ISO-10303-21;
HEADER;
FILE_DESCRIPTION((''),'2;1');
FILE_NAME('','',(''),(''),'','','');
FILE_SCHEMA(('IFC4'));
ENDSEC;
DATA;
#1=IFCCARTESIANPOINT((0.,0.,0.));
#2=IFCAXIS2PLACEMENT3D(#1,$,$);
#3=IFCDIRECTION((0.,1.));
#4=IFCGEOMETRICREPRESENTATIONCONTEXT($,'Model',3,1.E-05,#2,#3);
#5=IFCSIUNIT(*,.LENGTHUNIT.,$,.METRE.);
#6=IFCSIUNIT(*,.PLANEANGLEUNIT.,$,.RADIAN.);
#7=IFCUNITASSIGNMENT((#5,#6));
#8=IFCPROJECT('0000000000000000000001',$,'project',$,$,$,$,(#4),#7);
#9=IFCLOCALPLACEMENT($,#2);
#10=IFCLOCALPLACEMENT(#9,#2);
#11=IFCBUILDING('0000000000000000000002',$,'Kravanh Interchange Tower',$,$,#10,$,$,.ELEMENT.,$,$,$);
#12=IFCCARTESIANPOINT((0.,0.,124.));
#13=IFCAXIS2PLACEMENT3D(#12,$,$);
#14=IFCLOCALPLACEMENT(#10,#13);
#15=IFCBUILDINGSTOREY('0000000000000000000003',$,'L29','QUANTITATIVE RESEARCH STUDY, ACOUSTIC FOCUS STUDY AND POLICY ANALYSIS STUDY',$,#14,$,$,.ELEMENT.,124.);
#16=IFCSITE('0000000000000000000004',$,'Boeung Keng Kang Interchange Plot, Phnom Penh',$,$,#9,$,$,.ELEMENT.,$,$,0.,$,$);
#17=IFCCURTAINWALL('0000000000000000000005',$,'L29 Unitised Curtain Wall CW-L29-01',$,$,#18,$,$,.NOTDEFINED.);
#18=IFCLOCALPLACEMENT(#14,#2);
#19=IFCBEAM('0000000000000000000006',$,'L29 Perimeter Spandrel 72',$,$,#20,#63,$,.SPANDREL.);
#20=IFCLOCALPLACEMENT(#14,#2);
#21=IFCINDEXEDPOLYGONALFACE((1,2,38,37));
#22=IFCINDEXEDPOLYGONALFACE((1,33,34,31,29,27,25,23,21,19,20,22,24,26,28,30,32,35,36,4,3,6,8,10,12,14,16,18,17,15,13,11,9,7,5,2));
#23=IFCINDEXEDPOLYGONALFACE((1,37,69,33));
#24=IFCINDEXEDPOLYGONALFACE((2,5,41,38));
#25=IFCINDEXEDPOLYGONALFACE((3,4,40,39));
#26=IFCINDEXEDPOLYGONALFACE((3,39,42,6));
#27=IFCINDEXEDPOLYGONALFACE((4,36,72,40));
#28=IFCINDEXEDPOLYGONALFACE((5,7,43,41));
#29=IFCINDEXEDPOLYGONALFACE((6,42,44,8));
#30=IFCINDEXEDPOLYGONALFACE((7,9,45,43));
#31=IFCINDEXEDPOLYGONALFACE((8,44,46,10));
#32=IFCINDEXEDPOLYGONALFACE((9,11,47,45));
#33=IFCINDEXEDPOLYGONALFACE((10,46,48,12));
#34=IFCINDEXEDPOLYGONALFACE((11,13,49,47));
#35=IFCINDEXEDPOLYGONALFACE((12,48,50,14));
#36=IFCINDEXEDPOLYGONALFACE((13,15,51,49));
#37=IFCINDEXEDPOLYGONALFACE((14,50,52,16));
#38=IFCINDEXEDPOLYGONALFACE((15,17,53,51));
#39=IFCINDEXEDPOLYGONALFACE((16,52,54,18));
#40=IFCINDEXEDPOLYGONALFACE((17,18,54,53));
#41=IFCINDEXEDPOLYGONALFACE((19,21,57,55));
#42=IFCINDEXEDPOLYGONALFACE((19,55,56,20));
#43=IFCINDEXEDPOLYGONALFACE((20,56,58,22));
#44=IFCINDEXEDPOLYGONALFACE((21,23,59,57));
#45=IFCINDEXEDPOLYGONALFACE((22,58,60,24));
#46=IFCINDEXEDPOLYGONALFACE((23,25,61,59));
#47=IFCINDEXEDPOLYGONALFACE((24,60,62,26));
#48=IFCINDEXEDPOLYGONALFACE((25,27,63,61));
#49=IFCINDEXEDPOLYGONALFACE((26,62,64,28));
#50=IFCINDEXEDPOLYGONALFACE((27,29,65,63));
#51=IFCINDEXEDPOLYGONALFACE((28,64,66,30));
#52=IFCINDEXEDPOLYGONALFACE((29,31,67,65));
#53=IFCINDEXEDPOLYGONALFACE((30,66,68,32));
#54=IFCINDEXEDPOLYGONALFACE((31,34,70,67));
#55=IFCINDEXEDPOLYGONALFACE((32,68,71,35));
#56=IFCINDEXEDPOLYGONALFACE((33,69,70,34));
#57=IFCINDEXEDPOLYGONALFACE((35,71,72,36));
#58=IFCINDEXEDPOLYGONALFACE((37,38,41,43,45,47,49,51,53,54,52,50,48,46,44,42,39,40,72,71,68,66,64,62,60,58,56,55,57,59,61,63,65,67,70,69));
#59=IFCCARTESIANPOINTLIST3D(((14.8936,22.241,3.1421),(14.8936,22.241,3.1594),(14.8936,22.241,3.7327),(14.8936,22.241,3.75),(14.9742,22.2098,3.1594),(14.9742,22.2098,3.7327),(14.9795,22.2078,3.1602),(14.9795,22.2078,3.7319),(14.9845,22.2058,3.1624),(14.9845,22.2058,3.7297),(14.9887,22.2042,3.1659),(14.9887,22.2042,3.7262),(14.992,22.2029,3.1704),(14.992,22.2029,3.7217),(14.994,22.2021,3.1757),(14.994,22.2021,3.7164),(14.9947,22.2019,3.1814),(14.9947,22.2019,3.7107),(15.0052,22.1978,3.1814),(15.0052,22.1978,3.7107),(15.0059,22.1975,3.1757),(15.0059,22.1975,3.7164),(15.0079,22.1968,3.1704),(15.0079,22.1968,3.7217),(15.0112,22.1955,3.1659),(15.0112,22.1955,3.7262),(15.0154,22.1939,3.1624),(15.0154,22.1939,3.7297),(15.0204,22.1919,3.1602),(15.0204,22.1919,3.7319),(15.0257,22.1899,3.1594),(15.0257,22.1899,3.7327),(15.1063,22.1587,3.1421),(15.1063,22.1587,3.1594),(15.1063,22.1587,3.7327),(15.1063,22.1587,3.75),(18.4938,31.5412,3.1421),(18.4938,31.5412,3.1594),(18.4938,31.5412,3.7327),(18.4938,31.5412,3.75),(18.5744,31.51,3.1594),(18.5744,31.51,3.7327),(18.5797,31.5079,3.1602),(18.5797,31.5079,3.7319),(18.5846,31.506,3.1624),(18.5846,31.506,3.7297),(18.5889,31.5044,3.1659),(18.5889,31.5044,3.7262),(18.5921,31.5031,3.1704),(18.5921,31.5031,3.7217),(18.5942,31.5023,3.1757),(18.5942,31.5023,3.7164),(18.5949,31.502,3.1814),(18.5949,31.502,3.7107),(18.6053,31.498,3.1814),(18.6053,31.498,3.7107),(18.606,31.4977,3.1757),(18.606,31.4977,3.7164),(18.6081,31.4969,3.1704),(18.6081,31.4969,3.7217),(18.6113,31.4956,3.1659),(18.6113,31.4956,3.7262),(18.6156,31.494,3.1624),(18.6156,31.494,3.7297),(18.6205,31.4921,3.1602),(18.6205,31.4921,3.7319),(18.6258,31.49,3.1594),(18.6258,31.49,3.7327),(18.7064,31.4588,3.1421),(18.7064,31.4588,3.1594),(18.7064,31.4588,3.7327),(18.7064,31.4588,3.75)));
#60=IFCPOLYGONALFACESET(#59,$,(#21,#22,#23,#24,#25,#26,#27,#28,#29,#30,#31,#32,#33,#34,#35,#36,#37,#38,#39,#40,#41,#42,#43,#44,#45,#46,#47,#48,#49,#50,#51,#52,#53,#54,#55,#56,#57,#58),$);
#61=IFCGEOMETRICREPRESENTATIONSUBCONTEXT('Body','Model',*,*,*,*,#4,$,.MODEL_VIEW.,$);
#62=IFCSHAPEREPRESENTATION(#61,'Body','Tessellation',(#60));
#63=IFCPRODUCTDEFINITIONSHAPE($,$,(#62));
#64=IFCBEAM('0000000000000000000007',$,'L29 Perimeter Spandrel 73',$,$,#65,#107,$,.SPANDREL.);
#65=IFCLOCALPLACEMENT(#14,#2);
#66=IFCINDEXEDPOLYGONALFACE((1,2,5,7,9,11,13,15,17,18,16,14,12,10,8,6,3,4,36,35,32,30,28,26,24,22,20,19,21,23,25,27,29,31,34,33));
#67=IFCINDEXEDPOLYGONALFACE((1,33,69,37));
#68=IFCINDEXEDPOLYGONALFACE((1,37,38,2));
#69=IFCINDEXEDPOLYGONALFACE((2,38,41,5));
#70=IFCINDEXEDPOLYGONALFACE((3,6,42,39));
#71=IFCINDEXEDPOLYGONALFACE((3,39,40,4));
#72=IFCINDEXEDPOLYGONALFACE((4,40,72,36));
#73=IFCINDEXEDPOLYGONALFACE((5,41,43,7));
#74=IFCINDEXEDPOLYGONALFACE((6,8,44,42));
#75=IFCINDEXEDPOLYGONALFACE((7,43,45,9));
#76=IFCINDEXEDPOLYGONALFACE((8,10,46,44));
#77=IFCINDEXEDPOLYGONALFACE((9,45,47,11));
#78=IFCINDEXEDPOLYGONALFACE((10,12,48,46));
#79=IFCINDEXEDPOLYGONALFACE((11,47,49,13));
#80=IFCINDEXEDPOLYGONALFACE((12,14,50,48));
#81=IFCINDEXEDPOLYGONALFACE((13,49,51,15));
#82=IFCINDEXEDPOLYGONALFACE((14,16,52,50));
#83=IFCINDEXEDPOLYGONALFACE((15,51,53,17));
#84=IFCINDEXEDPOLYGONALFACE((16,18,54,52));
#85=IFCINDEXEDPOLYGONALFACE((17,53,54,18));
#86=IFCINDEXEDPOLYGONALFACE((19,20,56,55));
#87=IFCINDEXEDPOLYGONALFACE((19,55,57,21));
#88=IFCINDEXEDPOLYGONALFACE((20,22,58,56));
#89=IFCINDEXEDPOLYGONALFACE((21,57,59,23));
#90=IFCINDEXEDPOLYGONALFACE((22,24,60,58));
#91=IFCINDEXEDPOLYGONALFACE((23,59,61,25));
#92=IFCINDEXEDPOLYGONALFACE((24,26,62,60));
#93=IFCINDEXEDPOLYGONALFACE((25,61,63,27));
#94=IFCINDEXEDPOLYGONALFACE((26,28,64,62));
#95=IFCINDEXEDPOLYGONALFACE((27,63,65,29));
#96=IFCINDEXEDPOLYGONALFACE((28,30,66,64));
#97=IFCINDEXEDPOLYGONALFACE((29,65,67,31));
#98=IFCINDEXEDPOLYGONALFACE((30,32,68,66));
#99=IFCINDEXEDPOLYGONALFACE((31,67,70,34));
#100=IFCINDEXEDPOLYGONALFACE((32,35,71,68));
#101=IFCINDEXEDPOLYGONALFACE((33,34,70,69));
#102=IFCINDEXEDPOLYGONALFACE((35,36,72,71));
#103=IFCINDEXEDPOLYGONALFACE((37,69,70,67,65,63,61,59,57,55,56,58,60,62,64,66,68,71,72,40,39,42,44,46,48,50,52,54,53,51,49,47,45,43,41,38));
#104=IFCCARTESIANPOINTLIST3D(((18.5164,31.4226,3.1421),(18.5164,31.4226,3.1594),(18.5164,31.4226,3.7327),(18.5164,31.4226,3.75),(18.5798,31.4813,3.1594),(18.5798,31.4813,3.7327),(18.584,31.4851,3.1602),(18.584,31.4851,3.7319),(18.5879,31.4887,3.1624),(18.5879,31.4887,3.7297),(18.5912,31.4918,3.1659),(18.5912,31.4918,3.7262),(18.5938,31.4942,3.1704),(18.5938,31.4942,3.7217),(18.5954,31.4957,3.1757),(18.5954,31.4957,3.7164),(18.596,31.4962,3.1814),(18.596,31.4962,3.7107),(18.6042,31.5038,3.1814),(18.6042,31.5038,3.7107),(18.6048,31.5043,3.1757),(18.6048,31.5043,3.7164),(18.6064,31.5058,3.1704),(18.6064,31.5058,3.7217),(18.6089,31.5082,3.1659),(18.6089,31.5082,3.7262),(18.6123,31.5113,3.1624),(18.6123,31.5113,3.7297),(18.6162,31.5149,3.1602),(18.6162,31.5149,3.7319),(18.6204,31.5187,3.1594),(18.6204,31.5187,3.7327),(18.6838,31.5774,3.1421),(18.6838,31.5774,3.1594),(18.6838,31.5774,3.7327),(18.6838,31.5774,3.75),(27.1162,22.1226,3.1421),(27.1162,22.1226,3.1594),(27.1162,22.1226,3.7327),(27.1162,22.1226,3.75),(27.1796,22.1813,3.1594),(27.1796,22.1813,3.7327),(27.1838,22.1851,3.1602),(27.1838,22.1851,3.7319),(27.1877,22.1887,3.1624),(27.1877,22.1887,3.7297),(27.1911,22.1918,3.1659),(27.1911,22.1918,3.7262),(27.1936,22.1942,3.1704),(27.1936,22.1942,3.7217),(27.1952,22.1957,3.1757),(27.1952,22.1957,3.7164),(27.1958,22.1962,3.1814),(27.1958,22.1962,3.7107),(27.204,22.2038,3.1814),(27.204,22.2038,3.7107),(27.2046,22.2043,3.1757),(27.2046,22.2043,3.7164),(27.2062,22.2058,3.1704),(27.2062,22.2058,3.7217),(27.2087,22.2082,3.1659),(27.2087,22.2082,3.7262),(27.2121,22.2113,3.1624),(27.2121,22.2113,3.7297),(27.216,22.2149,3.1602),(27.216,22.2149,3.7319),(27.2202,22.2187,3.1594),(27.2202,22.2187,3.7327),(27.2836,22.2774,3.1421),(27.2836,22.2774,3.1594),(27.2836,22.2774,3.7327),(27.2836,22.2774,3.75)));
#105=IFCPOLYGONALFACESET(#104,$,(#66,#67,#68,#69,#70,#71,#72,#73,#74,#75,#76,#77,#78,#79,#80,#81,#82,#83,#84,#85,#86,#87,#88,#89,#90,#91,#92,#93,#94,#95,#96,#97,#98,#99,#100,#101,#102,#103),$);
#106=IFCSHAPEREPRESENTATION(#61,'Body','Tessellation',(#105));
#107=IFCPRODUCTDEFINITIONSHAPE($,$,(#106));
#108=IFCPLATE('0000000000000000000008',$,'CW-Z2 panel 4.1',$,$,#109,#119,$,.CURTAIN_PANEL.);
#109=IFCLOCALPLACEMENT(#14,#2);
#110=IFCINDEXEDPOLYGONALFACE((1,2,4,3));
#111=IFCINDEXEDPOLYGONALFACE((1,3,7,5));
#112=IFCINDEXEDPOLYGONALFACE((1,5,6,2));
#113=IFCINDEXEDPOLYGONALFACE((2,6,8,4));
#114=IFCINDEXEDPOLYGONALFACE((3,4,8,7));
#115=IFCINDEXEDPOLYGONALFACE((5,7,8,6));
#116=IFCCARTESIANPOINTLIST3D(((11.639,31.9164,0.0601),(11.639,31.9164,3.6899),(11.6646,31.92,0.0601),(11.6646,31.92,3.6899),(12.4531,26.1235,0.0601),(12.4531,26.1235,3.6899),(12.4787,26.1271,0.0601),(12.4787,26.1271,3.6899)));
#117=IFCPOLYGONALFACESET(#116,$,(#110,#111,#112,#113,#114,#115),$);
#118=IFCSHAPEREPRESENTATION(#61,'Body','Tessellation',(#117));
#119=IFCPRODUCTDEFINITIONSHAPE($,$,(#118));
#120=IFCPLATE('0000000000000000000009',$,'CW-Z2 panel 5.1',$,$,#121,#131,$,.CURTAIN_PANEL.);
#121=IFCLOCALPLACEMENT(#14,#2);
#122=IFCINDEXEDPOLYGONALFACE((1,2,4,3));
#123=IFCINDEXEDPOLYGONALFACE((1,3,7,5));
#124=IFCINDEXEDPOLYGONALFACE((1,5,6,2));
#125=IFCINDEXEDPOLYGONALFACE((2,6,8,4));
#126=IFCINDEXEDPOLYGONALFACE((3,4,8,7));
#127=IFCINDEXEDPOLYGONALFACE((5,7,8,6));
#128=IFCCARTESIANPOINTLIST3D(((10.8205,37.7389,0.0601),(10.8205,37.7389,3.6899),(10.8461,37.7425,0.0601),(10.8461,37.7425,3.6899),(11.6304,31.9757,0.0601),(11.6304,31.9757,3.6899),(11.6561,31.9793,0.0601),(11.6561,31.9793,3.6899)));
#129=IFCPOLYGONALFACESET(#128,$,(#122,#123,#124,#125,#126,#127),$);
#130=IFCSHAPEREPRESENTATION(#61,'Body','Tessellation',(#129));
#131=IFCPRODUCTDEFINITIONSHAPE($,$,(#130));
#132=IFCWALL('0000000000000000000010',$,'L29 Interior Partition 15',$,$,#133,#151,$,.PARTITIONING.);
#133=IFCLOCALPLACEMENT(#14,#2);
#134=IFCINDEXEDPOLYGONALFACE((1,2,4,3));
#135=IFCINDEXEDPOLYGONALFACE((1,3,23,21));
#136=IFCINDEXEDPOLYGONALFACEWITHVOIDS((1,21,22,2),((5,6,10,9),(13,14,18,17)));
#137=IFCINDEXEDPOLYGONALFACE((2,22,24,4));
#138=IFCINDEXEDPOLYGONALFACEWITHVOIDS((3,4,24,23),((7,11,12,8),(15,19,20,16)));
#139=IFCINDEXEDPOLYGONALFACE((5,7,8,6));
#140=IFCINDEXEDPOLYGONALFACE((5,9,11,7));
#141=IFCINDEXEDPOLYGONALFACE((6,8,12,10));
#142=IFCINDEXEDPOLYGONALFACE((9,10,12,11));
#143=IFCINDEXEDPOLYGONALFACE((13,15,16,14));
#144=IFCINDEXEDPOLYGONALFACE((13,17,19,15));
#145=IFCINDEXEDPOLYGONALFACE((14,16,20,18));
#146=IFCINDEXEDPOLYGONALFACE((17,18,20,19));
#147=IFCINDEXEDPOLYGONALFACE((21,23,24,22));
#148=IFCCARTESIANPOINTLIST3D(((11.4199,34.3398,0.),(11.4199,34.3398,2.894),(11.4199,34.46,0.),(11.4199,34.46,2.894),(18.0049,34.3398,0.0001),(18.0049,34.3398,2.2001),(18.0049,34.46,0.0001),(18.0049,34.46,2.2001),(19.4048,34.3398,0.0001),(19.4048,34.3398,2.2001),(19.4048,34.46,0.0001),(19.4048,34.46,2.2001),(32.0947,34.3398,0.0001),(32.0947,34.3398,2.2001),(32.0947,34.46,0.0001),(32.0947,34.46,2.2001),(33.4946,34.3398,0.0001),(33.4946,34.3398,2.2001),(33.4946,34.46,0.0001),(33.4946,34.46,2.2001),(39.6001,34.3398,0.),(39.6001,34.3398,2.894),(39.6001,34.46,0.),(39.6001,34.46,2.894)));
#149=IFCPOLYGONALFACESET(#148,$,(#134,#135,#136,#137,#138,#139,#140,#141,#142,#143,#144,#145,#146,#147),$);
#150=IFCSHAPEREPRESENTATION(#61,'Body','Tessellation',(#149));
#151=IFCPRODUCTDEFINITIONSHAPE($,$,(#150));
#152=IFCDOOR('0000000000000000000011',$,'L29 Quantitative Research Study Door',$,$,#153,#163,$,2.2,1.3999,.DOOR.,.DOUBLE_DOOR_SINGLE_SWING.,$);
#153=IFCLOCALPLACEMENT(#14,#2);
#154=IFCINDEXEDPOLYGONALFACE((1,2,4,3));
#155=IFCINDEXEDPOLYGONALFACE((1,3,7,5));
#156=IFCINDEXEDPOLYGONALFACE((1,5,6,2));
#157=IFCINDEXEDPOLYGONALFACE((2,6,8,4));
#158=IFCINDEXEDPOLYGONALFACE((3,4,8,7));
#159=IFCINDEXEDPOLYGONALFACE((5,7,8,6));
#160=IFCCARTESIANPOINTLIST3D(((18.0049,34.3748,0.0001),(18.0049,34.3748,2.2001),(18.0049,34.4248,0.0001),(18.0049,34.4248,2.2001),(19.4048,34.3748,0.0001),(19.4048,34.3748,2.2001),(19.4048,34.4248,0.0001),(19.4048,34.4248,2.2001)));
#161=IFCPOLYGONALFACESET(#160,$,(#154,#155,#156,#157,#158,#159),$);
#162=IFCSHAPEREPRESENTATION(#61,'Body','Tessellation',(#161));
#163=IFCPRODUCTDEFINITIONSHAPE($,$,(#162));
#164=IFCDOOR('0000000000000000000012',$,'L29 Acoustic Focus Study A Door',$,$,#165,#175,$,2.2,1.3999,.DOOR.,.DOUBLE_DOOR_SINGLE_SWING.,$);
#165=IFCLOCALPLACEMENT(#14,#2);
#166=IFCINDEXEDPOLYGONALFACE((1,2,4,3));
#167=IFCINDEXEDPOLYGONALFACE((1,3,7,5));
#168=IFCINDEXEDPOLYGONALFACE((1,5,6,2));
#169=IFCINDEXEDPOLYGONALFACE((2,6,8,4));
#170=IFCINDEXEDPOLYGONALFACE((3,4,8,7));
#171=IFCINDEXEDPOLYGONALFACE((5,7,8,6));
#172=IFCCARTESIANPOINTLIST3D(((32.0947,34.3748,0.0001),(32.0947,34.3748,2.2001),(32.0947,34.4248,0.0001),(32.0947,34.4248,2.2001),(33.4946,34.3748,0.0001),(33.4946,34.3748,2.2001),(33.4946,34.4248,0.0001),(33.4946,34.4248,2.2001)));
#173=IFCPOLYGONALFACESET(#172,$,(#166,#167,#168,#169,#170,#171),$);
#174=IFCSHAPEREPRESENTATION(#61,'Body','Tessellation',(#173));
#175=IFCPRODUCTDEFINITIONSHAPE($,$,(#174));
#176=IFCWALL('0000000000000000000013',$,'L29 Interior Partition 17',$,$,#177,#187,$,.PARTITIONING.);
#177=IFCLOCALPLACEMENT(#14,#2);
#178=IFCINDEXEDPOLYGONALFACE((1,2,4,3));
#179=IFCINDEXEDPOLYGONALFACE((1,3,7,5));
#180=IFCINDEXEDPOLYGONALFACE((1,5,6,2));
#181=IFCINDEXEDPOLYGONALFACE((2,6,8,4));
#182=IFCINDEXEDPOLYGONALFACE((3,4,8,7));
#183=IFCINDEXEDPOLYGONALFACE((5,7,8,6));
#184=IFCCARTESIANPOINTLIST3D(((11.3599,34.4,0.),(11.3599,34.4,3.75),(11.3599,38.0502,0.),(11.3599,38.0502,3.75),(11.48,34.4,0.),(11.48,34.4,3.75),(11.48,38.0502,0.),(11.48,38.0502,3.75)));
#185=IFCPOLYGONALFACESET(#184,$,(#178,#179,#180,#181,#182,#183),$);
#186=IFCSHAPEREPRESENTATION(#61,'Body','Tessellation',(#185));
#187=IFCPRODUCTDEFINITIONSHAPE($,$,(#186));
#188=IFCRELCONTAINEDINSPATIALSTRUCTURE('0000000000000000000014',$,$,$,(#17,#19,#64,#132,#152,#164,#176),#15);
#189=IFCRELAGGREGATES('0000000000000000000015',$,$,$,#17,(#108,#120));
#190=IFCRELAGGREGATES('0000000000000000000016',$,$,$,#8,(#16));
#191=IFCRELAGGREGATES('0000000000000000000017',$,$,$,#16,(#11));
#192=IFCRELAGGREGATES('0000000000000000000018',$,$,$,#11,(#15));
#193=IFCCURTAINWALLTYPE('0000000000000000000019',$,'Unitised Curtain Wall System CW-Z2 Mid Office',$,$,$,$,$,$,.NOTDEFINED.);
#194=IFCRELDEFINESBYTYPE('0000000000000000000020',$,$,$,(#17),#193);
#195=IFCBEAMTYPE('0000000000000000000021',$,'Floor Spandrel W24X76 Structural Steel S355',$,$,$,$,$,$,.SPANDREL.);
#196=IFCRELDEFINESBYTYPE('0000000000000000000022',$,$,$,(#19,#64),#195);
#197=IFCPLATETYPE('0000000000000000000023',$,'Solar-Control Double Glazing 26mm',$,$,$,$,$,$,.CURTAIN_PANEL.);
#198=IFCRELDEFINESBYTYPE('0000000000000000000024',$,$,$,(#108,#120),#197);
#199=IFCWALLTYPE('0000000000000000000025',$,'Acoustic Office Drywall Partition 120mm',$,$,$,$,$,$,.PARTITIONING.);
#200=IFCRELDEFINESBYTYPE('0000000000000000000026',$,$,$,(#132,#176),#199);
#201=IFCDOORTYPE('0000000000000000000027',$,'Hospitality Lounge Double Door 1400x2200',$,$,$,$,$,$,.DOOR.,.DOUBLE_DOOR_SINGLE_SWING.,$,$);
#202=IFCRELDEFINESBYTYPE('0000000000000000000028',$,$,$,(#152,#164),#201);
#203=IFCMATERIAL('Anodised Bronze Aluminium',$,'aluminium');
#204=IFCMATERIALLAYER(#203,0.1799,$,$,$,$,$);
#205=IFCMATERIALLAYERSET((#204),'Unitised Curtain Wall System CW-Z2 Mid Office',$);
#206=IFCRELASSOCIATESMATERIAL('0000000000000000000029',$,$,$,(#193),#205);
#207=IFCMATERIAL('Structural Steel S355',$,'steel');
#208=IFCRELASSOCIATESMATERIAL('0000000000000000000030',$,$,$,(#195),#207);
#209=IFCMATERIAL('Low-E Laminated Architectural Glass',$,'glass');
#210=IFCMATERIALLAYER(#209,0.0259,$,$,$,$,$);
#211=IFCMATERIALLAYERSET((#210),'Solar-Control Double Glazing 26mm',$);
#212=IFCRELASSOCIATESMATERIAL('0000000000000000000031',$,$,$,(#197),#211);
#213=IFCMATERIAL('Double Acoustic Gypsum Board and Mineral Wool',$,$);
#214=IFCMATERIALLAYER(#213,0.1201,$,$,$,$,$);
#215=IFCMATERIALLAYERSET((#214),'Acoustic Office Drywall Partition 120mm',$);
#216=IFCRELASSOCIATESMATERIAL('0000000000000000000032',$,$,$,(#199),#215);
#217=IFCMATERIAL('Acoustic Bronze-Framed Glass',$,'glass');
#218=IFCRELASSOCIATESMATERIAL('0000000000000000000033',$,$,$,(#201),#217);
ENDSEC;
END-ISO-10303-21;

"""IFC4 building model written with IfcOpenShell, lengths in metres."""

from ifc_helpers import new_model, si_unit, direction, frame, frame_2d, origin, origin_2d, place, context, subcontext, project, spatial, rectangle, i_section, extrude, material, layer, layer_set, material_profile, profile_set, type_object, element, fill, aggregate, save


model = new_model("IFC4")

# Units and contexts
model_context = context("Model", 3, precision=1e-05, world=origin(), true_north=direction((0.0, 1.0)))
body_context = subcontext(model_context, "Body", "Model", "MODEL_VIEW")
ifc_project = project(units=[si_unit("LENGTHUNIT", "METRE"), si_unit("PLANEANGLEUNIT", "RADIAN")], contexts=[model_context])

# Site, building, storey
site_placement = place(None, origin())
site = spatial("IfcSite", under=ifc_project, at=site_placement, Name="Boeung Keng Kang Interchange Plot, Phnom Penh", CompositionType="ELEMENT", RefElevation=0.0)
building_placement = place(site_placement, origin())
building = spatial("IfcBuilding", under=site, at=building_placement, Name="Kravanh Interchange Tower", CompositionType="ELEMENT")
storey_placement = place(building_placement, frame((0.0, 0.0, 124.0)))
storey = spatial("IfcBuildingStorey", under=building, at=storey_placement, Name="L29", Description="QUANTITATIVE RESEARCH STUDY, ACOUSTIC FOCUS STUDY AND POLICY ANALYSIS STUDY", CompositionType="ELEMENT", Elevation=124.0)

# Curtain wall
ifc_material_1 = material(Name="Anodised Bronze Aluminium", Category="aluminium")
ifc_layer_1 = layer(ifc_material_1, 0.1799)
ifc_layer_set_1 = layer_set([ifc_layer_1], Name="Unitised Curtain Wall System CW-Z2 Mid Office")
curtain_wall_type = type_object("IfcCurtainWallType", Name="Unitised Curtain Wall System CW-Z2 Mid Office", PredefinedType="NOTDEFINED", material=ifc_layer_set_1)
curtain_wall_placement = place(storey_placement, origin())
curtain_wall = element("IfcCurtainWall", 1, at=curtain_wall_placement, inside=storey, type_object=curtain_wall_type, Name="L29 Unitised Curtain Wall CW-L29-01", PredefinedType="NOTDEFINED")

# Beams
ifc_material_2 = material(Name="Structural Steel S355", Category="steel")
ifc_material_profile_1 = material_profile(ifc_material_2, i_section(OverallWidth=0.228, OverallDepth=0.6079, WebThickness=0.0112, FlangeThickness=0.0173, FilletRadius=0.022, at=origin_2d()), Name="W24X76")
ifc_profile_set_1 = profile_set([ifc_material_profile_1], Name="Structural Steel S355")
beam_type_1 = type_object("IfcBeamType", Name="Floor Spandrel W24X76 Structural Steel S355", PredefinedType="SPANDREL", material=ifc_profile_set_1)
beam_1_placement = place(storey_placement, frame((18.6001, 31.5, 3.446), z_axis=(-0.361001, -0.932565, 0.0), x_axis=(0.932565, -0.361001, 0.0)))
element("IfcBeam", 2, at=beam_1_placement, inside=storey, type_object=beam_type_1, Name="L29 Perimeter Spandrel 72", PredefinedType="SPANDREL", context=body_context, shape_type="SweptSolid", body=[
    extrude(i_section(OverallWidth=0.228, OverallDepth=0.6079, WebThickness=0.0112, FlangeThickness=0.0173, FilletRadius=0.022, at=origin_2d()), origin(), (0.0, 0.0, 1.0), 9.9727),
])
beam_2_placement = place(storey_placement, frame((18.6001, 31.5, 3.446), z_axis=(0.678927, -0.734205, 0.0), x_axis=(0.734205, 0.678927, 0.0)))
element("IfcBeam", 3, at=beam_2_placement, inside=storey, type_object=beam_type_1, Name="L29 Perimeter Spandrel 73", PredefinedType="SPANDREL", context=body_context, shape_type="SweptSolid", body=[
    extrude(i_section(OverallWidth=0.228, OverallDepth=0.6079, WebThickness=0.0112, FlangeThickness=0.0173, FilletRadius=0.022, at=origin_2d()), origin(), (0.0, 0.0, 1.0), 12.6667),
])

# Plates
ifc_material_3 = material(Name="Low-E Laminated Architectural Glass", Category="glass")
ifc_layer_2 = layer(ifc_material_3, 0.0259)
ifc_layer_set_2 = layer_set([ifc_layer_2], Name="Solar-Control Double Glazing 26mm")
plate_type = type_object("IfcPlateType", Name="Solar-Control Double Glazing 26mm", PredefinedType="CURTAIN_PANEL", material=ifc_layer_set_2)
plate_1_placement = place(storey_placement, frame((12.0588, 29.0217, 0.0601), z_axis=(0.0, 0.0, 1.0), x_axis=(-0.139173, 0.990268, 0.0)))
plate_1 = element("IfcPlate", 4, at=plate_1_placement, type_object=plate_type, Name="CW-Z2 panel 4.1", PredefinedType="CURTAIN_PANEL", context=body_context, shape_type="SweptSolid", body=[
    extrude(rectangle(XDim=5.8499, YDim=0.0259, at=origin_2d()), origin(), (0.0, 0.0, 1.0), 3.6299),
])
plate_2_placement = place(storey_placement, frame((11.2383, 34.8591, 0.0601), z_axis=(0.0, 0.0, 1.0), x_axis=(-0.139173, 0.990268, 0.0)))
plate_2 = element("IfcPlate", 5, at=plate_2_placement, type_object=plate_type, Name="CW-Z2 panel 5.1", PredefinedType="CURTAIN_PANEL", context=body_context, shape_type="SweptSolid", body=[
    extrude(rectangle(XDim=5.8198, YDim=0.0259, at=origin_2d()), origin(), (0.0, 0.0, 1.0), 3.6299),
])
aggregate(curtain_wall, [plate_1, plate_2])

# Wall, openings, doors
ifc_material_4 = material(Name="Double Acoustic Gypsum Board and Mineral Wool")
ifc_layer_3 = layer(ifc_material_4, 0.1201)
ifc_layer_set_3 = layer_set([ifc_layer_3], Name="Acoustic Office Drywall Partition 120mm")
wall_type = type_object("IfcWallType", Name="Acoustic Office Drywall Partition 120mm", PredefinedType="PARTITIONING", material=ifc_layer_set_3)
wall_1_placement = place(storey_placement, frame((11.4199, 34.3999, 0.0), z_axis=(0.0, 0.0, 1.0), x_axis=(1.0, 0.0, 0.0)))
wall_1 = element("IfcWall", 6, at=wall_1_placement, inside=storey, type_object=wall_type, Name="L29 Interior Partition 15", PredefinedType="PARTITIONING", context=body_context, shape_type="SweptSolid", body=[
    extrude(rectangle(XDim=28.1802, YDim=0.1201, at=frame_2d((14.0901, 0.0))), origin(), (0.0, 0.0, 1.0), 2.894),
])
opening_1_placement = place(wall_1_placement, frame((6.585, 0.0, 0.0)))
opening_1 = element("IfcOpeningElement", 7, at=opening_1_placement, cuts=wall_1, PredefinedType="OPENING", context=body_context, shape_type="SweptSolid", body=[
    extrude(rectangle(XDim=1.3999, YDim=2.2, at=frame_2d((0.7, 1.1001))), frame((0.0, 0.0701, 0.0), z_axis=(0.0, -1.0, 0.0), x_axis=(1.0, 0.0, 0.0)), (0.0, 0.0, 1.0), 0.1401),
])
opening_2_placement = place(wall_1_placement, frame((20.6748, 0.0, 0.0)))
opening_2 = element("IfcOpeningElement", 8, at=opening_2_placement, cuts=wall_1, PredefinedType="OPENING", context=body_context, shape_type="SweptSolid", body=[
    extrude(rectangle(XDim=1.3999, YDim=2.2, at=frame_2d((0.7, 1.1001))), frame((0.0, 0.0701, 0.0), z_axis=(0.0, -1.0, 0.0), x_axis=(1.0, 0.0, 0.0)), (0.0, 0.0, 1.0), 0.1401),
])
ifc_material_5 = material(Name="Acoustic Bronze-Framed Glass", Category="glass")
door_type = type_object("IfcDoorType", Name="Hospitality Lounge Double Door 1400x2200", OperationType="DOUBLE_DOOR_SINGLE_SWING", PredefinedType="DOOR", material=ifc_material_5)
door_1_placement = place(opening_1_placement, origin())
door_1 = element("IfcDoor", 9, at=door_1_placement, inside=storey, type_object=door_type, Name="L29 Quantitative Research Study Door", OperationType="DOUBLE_DOOR_SINGLE_SWING", OverallHeight=2.2, OverallWidth=1.3999, PredefinedType="DOOR", context=body_context, shape_type="SweptSolid", body=[
    extrude(rectangle(XDim=1.3999, YDim=2.2, at=frame_2d((0.7, 1.1001))), frame((0.0, 0.0249, 0.0), z_axis=(0.0, -1.0, 0.0), x_axis=(1.0, 0.0, 0.0)), (0.0, 0.0, 1.0), 0.05),
])
fill(opening_1, door_1)
door_2_placement = place(opening_2_placement, origin())
door_2 = element("IfcDoor", 10, at=door_2_placement, inside=storey, type_object=door_type, Name="L29 Acoustic Focus Study A Door", OperationType="DOUBLE_DOOR_SINGLE_SWING", OverallHeight=2.2, OverallWidth=1.3999, PredefinedType="DOOR", context=body_context, shape_type="SweptSolid", body=[
    extrude(rectangle(XDim=1.3999, YDim=2.2, at=frame_2d((0.7, 1.1001))), frame((0.0, 0.0249, 0.0), z_axis=(0.0, -1.0, 0.0), x_axis=(1.0, 0.0, 0.0)), (0.0, 0.0, 1.0), 0.05),
])
fill(opening_2, door_2)

# Wall
wall_2_placement = place(storey_placement, frame((11.4199, 34.3999, 0.0), z_axis=(0.0, 0.0, 1.0), x_axis=(0.0, 1.0, 0.0)))
element("IfcWall", 11, at=wall_2_placement, inside=storey, type_object=wall_type, Name="L29 Interior Partition 17", PredefinedType="PARTITIONING", context=body_context, shape_type="SweptSolid", body=[
    extrude(rectangle(XDim=3.6501, YDim=0.1201, at=frame_2d((1.8252, 0.0))), origin(), (0.0, 0.0, 1.0), 3.75),
])

save(model, "model.ifc")
